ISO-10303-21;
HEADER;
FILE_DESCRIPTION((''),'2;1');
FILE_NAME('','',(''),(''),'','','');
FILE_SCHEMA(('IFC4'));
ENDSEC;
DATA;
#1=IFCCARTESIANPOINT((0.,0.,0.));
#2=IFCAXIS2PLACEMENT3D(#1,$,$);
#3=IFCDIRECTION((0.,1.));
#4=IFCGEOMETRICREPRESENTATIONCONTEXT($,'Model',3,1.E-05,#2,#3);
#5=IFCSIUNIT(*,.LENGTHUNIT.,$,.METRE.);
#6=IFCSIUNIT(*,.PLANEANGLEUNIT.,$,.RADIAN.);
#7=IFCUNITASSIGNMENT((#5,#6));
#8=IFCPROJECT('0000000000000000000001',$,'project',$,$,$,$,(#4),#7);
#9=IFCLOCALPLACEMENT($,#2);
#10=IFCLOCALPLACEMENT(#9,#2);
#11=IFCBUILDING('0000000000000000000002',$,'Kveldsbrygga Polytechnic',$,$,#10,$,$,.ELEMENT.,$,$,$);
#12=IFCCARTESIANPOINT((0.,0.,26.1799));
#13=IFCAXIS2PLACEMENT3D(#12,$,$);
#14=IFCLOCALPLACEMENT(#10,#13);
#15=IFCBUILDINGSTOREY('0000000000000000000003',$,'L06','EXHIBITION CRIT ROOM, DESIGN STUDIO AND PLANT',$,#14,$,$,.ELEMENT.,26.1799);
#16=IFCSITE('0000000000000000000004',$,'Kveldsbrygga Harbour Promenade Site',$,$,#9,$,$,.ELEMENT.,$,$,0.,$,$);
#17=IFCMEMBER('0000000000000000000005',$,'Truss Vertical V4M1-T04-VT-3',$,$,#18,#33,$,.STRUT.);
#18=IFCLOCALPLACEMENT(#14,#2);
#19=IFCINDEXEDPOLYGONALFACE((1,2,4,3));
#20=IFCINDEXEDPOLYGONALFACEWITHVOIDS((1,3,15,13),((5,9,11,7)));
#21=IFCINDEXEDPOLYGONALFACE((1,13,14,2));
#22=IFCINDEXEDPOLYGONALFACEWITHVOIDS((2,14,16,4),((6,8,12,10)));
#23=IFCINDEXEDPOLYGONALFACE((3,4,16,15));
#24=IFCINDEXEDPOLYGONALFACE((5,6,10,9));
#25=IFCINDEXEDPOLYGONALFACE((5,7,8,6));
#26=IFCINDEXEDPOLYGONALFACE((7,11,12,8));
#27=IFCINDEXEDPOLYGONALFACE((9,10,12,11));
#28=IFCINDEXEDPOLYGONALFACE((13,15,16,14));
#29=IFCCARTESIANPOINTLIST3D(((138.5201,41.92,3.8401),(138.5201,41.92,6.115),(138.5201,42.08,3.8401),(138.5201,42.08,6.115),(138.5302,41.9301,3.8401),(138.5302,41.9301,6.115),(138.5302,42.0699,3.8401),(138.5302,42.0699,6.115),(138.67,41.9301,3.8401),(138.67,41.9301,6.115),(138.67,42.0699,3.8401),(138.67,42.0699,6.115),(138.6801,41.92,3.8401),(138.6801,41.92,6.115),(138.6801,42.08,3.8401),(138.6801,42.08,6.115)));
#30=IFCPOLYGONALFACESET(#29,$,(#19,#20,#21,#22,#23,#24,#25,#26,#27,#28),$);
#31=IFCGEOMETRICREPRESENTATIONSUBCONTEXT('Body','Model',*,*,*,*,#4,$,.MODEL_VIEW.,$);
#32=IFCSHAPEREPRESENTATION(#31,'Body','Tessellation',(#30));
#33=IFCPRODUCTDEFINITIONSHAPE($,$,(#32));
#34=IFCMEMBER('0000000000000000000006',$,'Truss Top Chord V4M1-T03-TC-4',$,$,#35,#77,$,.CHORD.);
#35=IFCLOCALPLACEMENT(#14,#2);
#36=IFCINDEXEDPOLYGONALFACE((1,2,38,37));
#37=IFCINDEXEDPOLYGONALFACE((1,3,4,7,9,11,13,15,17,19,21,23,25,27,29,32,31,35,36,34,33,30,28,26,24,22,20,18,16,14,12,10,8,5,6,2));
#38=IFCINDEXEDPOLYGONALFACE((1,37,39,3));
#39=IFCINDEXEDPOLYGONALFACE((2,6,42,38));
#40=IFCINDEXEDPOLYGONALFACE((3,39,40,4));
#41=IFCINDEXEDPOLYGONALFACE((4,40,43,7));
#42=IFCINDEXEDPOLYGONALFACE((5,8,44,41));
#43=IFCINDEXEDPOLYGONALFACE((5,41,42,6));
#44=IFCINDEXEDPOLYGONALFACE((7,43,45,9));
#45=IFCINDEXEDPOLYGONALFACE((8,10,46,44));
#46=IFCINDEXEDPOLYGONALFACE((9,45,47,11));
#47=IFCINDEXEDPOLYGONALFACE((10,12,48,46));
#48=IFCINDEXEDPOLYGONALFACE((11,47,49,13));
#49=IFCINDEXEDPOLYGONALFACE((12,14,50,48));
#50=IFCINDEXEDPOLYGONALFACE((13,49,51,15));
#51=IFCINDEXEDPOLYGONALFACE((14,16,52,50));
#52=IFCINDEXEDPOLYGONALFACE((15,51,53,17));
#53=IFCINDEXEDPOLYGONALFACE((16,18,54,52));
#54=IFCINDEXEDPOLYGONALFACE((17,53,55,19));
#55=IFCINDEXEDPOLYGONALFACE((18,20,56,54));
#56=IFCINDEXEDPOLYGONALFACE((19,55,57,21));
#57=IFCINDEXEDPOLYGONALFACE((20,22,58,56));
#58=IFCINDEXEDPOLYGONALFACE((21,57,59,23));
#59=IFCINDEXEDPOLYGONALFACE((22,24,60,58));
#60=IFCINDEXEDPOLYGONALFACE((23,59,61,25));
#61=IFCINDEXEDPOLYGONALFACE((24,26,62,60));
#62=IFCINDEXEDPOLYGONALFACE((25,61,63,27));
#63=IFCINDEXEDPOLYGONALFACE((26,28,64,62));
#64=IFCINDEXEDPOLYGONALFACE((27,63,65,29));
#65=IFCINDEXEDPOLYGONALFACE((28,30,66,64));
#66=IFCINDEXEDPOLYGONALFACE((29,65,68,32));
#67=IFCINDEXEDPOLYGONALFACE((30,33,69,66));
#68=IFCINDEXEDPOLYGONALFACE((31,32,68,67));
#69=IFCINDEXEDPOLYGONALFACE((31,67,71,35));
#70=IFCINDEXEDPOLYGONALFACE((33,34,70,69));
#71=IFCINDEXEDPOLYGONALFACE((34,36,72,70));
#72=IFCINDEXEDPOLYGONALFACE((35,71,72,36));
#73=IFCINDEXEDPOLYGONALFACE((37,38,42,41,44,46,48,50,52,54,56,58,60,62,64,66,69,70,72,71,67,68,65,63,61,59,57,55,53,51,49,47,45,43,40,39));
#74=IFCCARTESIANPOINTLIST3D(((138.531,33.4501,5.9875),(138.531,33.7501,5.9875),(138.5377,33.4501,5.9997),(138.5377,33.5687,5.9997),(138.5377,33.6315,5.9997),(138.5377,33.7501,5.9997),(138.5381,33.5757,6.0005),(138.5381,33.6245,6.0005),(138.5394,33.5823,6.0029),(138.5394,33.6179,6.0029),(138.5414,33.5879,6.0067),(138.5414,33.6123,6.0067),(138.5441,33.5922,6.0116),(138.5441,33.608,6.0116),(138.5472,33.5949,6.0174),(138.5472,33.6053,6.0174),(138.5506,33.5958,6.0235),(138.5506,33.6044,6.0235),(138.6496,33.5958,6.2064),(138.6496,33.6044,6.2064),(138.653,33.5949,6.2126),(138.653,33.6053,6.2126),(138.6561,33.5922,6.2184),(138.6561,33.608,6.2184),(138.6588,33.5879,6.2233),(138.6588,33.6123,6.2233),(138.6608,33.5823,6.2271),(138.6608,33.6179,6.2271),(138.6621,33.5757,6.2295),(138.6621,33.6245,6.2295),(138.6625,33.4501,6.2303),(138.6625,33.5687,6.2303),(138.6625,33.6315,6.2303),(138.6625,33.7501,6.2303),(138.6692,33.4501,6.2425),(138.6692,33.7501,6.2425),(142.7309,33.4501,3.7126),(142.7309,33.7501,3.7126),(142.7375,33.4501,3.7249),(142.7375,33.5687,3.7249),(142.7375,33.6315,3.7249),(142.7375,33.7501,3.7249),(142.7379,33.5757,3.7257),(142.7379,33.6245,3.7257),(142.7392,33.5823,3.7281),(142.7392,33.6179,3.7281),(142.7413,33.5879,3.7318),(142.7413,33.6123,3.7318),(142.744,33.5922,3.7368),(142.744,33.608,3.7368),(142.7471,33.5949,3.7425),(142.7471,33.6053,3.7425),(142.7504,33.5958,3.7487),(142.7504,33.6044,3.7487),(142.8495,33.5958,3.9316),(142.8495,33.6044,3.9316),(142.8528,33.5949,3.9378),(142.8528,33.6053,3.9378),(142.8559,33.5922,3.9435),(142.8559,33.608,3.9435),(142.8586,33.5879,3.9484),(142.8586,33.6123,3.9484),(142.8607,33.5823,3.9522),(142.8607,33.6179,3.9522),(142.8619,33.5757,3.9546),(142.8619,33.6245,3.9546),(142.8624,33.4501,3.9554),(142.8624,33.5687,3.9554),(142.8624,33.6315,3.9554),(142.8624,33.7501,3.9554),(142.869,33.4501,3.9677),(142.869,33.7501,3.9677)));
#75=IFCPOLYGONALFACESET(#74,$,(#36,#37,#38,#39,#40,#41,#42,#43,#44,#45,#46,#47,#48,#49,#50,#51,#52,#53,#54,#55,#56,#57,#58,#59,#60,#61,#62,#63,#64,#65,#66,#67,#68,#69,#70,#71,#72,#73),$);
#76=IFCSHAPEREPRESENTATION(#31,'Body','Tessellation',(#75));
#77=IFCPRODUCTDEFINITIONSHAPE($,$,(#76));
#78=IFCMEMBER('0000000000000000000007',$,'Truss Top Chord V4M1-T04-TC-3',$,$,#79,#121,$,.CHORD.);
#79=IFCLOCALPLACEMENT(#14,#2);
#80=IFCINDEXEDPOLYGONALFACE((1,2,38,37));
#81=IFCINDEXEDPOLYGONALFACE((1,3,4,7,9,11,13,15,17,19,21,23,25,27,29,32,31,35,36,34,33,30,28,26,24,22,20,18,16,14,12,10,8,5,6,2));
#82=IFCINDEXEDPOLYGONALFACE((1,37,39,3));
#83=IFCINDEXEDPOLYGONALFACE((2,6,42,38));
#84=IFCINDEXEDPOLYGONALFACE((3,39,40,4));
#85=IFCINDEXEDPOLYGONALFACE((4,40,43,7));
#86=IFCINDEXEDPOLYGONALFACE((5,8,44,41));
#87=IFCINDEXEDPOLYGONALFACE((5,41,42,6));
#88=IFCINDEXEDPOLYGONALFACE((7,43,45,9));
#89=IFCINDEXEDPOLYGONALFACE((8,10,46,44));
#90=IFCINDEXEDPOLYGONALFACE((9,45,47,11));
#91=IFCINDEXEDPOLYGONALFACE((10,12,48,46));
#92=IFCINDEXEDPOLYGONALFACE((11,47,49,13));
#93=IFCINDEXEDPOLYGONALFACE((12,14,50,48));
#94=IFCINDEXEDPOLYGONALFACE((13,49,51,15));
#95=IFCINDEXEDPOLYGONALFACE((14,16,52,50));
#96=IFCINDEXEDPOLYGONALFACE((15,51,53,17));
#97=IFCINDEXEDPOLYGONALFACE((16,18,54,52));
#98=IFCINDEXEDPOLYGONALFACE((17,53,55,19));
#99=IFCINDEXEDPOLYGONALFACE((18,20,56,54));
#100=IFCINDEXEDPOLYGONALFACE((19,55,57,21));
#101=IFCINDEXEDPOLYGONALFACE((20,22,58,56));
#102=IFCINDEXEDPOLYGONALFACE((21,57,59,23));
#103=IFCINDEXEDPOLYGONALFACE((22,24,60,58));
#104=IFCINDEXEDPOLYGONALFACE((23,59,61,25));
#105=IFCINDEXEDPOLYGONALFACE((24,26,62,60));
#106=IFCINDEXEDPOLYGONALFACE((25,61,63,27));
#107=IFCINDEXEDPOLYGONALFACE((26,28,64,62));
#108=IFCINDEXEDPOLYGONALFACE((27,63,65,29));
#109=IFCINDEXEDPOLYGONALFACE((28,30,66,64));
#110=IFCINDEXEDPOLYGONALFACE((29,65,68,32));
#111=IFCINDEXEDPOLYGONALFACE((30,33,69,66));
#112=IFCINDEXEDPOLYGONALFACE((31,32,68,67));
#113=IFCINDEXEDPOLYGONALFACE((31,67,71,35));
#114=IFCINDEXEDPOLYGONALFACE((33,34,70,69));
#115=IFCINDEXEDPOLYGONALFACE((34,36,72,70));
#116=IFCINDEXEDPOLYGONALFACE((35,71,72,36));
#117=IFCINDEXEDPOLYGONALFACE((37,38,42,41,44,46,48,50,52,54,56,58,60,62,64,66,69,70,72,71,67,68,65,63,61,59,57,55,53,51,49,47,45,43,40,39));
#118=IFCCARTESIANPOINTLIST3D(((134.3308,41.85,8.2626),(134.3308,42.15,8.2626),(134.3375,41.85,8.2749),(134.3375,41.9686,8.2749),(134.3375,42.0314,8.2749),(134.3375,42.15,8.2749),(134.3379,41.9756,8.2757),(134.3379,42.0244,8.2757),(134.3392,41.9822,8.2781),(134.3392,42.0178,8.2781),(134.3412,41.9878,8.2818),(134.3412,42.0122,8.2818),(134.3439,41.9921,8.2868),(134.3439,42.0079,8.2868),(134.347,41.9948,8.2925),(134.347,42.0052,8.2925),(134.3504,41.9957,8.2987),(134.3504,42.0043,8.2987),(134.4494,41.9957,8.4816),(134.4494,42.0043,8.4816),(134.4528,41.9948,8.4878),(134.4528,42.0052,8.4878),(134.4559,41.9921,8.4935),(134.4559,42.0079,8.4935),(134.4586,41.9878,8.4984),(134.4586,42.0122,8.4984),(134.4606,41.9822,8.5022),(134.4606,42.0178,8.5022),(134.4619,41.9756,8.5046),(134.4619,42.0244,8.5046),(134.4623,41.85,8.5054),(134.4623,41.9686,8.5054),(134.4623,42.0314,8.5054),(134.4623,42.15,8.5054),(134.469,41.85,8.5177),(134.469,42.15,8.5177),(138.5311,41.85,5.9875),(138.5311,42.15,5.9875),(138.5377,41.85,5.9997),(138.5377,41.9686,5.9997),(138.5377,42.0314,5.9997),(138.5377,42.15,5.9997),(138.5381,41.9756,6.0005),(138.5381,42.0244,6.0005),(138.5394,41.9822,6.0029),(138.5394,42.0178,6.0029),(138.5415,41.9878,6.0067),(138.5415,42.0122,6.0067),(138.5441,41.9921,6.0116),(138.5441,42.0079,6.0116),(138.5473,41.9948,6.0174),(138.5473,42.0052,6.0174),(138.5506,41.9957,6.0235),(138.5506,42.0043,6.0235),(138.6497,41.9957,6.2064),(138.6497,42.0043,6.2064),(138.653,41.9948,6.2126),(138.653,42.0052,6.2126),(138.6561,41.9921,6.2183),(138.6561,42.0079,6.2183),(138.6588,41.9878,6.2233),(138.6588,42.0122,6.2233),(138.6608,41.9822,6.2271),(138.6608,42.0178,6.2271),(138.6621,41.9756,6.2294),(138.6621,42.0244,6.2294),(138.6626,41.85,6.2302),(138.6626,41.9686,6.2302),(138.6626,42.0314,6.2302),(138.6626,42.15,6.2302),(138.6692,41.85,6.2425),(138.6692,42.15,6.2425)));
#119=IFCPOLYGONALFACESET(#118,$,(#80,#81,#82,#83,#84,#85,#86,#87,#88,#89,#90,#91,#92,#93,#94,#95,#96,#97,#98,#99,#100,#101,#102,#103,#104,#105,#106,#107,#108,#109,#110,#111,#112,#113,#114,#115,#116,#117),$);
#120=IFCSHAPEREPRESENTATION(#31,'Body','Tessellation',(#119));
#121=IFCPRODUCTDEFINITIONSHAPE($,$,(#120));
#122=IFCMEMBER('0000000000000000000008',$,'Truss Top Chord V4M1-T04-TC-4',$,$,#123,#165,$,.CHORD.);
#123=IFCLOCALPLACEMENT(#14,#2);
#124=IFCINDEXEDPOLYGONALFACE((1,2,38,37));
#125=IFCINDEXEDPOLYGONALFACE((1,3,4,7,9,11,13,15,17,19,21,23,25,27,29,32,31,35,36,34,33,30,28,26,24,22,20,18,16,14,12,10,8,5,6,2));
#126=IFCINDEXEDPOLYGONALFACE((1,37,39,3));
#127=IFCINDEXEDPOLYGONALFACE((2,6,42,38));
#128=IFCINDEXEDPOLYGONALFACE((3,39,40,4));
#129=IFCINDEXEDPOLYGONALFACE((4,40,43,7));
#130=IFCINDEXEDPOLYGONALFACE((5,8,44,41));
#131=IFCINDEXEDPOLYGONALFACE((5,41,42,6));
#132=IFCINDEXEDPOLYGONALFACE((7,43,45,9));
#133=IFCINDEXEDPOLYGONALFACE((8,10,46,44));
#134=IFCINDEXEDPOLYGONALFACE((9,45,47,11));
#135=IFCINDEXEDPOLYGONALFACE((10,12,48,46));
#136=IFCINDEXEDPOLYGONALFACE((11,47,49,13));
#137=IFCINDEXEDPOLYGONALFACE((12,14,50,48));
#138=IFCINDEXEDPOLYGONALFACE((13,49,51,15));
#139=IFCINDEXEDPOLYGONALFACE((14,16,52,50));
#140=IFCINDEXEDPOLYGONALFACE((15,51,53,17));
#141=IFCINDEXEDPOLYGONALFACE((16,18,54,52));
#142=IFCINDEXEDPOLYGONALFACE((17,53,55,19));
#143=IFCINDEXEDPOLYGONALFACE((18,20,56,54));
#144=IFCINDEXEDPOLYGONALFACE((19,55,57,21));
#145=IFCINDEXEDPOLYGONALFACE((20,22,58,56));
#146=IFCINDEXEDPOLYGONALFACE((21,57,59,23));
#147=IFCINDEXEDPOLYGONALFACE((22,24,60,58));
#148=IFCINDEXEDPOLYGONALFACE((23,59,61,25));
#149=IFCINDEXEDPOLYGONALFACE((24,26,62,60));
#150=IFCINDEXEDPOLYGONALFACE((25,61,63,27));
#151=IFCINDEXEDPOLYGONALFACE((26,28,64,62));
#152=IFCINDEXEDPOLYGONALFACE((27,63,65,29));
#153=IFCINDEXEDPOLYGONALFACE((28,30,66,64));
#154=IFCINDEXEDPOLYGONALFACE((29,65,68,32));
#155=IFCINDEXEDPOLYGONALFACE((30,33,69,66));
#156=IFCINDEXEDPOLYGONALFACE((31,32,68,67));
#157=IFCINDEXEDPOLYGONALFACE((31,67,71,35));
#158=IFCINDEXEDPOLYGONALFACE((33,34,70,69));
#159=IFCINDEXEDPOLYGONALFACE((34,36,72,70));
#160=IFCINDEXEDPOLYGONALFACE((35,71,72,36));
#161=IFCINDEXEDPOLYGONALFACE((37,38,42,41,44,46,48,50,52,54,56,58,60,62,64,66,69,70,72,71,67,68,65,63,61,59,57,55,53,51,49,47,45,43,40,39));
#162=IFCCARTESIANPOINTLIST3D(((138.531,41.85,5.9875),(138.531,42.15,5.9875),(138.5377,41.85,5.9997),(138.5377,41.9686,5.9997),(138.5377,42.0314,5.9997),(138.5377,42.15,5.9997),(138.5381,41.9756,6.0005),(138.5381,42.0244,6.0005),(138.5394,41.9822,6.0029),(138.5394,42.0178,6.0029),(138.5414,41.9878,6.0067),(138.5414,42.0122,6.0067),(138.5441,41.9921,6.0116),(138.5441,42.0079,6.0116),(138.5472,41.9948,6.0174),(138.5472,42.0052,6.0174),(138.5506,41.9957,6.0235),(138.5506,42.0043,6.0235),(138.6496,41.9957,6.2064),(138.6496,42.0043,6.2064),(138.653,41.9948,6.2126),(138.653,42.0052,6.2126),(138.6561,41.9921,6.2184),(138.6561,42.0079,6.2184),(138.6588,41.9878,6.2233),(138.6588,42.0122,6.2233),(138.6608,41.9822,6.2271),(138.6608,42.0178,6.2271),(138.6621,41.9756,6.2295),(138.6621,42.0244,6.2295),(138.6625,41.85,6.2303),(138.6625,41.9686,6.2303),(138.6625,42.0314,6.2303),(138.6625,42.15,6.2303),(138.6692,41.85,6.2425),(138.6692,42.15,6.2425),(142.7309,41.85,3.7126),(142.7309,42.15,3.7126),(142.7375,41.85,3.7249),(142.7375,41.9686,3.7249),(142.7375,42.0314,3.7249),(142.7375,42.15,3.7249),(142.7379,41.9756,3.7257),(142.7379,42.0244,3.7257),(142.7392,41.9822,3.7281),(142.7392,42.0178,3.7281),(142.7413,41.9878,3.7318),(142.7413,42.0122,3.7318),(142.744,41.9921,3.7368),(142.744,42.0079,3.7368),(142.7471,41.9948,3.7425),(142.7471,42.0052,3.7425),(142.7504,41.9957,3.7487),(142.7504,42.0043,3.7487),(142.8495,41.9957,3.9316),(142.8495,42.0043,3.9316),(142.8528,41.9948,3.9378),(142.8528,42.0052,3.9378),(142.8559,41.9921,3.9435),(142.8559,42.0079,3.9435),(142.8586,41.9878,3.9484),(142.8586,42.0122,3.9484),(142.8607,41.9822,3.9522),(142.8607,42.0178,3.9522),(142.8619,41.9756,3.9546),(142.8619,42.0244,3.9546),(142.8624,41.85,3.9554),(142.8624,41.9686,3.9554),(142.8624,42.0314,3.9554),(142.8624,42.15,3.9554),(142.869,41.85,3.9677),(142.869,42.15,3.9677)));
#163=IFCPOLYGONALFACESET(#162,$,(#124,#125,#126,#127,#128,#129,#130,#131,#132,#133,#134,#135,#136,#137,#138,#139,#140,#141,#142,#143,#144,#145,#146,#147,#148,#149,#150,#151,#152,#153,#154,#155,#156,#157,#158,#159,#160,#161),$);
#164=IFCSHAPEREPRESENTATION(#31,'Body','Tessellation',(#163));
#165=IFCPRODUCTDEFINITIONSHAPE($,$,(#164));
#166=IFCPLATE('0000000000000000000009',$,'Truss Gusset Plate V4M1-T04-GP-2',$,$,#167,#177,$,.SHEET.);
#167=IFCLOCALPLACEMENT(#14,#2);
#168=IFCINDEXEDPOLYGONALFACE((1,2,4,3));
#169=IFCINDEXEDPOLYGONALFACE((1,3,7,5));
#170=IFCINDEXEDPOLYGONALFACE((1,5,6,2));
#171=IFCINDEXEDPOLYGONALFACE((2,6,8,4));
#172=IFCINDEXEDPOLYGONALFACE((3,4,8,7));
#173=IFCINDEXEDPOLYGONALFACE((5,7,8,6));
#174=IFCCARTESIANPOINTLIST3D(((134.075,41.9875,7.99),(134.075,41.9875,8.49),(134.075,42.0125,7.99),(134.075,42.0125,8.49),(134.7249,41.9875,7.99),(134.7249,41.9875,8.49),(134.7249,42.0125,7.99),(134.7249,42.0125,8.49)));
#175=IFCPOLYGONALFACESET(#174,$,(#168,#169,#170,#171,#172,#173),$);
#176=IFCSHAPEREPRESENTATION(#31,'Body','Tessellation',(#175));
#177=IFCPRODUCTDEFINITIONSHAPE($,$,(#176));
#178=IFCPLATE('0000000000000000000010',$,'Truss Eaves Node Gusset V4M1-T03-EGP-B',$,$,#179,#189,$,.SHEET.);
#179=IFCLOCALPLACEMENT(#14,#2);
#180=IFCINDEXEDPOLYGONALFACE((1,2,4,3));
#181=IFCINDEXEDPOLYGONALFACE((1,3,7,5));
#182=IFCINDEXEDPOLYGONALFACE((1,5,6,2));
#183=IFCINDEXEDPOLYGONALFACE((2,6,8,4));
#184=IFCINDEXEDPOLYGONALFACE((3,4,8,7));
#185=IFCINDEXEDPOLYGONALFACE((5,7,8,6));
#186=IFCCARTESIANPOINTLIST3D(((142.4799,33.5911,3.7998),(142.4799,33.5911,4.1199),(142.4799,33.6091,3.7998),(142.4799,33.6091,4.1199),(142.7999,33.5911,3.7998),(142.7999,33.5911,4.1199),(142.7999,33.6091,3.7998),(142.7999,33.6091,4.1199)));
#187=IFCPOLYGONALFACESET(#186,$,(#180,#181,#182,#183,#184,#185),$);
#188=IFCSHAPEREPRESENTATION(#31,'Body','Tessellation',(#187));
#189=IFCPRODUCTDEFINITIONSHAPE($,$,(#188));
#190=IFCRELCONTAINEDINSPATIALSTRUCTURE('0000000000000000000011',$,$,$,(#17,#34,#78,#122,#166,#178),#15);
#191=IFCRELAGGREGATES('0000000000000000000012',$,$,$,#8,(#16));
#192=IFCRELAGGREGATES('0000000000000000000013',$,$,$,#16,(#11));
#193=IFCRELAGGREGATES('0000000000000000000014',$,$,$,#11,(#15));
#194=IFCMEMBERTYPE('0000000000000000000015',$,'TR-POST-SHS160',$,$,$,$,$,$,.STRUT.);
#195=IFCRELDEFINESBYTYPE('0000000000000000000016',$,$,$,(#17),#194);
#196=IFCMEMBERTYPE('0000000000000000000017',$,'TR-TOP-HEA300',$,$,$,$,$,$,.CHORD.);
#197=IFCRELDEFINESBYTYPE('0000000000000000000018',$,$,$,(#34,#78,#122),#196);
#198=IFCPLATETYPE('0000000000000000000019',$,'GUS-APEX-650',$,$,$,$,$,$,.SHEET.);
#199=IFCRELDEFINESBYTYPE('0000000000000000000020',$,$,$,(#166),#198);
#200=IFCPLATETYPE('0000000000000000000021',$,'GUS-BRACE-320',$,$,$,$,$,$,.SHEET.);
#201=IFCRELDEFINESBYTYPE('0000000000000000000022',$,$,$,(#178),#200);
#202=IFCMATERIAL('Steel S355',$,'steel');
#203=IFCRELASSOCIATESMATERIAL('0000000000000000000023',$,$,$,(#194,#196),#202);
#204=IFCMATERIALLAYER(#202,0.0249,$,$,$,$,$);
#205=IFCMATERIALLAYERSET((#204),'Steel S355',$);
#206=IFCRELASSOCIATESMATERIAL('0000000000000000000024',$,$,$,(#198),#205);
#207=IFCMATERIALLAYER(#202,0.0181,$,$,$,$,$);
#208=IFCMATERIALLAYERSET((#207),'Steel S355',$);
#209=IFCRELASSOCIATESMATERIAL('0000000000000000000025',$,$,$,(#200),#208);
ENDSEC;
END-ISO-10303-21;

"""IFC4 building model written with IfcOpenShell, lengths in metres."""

from ifc_helpers import new_model, si_unit, direction, frame, origin, origin_2d, place, context, subcontext, project, spatial, rectangle, hollow_rectangle, i_section, extrude, material, layer, layer_set, material_profile, profile_set, type_object, element, save


model = new_model("IFC4")

# Units and contexts
model_context = context("Model", 3, precision=1e-05, world=origin(), true_north=direction((0.0, 1.0)))
body_context = subcontext(model_context, "Body", "Model", "MODEL_VIEW")
ifc_project = project(units=[si_unit("LENGTHUNIT", "METRE"), si_unit("PLANEANGLEUNIT", "RADIAN")], contexts=[model_context])

# Site, building, storey
site_placement = place(None, origin())
site = spatial("IfcSite", under=ifc_project, at=site_placement, Name="Kveldsbrygga Harbour Promenade Site", CompositionType="ELEMENT", RefElevation=0.0)
building_placement = place(site_placement, origin())
building = spatial("IfcBuilding", under=site, at=building_placement, Name="Kveldsbrygga Polytechnic", CompositionType="ELEMENT")
storey_placement = place(building_placement, frame((0.0, 0.0, 26.1799)))
storey = spatial("IfcBuildingStorey", under=building, at=storey_placement, Name="L06", Description="EXHIBITION CRIT ROOM, DESIGN STUDIO AND PLANT", CompositionType="ELEMENT", Elevation=26.1799)

# Shared definitions
ifc_material_1 = material(Name="Steel S355", Category="steel")

# Members
ifc_material_profile_1 = material_profile(ifc_material_1, hollow_rectangle(XDim=0.1599, YDim=0.1599, WallThickness=0.01, at=origin_2d()), Name="SHS 160x160x10.0")
ifc_profile_set_1 = profile_set([ifc_material_profile_1], Name="Steel S355")
member_type_1 = type_object("IfcMemberType", Name="TR-POST-SHS160", PredefinedType="STRUT", material=ifc_profile_set_1)
member_1_placement = place(storey_placement, frame((138.6001, 42.0, 3.8401), z_axis=(0.0, 0.0, 1.0), x_axis=(1.0, 0.0, 0.0)))
element("IfcMember", 1, at=member_1_placement, inside=storey, type_object=member_type_1, Name="Truss Vertical V4M1-T04-VT-3", PredefinedType="STRUT", context=body_context, shape_type="SweptSolid", body=[
    extrude(hollow_rectangle(XDim=0.1599, YDim=0.1599, WallThickness=0.01, at=origin_2d()), origin(), (0.0, 0.0, 1.0), 2.2749),
])
ifc_material_profile_2 = material_profile(ifc_material_1, i_section(OverallWidth=0.3, OverallDepth=0.29, WebThickness=0.0085, FlangeThickness=0.0139, FilletRadius=0.0271, at=origin_2d()), Name="HEA 300")
ifc_profile_set_2 = profile_set([ifc_material_profile_2], Name="Steel S355")
member_type_2 = type_object("IfcMemberType", Name="TR-TOP-HEA300", PredefinedType="CHORD", material=ifc_profile_set_2)
member_2_placement = place(storey_placement, frame((138.6001, 33.6001, 6.115), z_axis=(0.879298, 0.0, -0.476272), x_axis=(0.0, 1.0, 0.0)))
element("IfcMember", 2, at=member_2_placement, inside=storey, type_object=member_type_2, Name="Truss Top Chord V4M1-T03-TC-4", PredefinedType="CHORD", context=body_context, shape_type="SweptSolid", body=[
    extrude(i_section(OverallWidth=0.3, OverallDepth=0.29, WebThickness=0.0085, FlangeThickness=0.0139, FilletRadius=0.0271, at=origin_2d()), origin(), (0.0, 0.0, 1.0), 4.7764),
])
member_3_placement = place(storey_placement, frame((134.3999, 42.0, 8.3901), z_axis=(0.879288, 0.0, -0.47629), x_axis=(0.0, 1.0, 0.0)))
element("IfcMember", 3, at=member_3_placement, inside=storey, type_object=member_type_2, Name="Truss Top Chord V4M1-T04-TC-3", PredefinedType="CHORD", context=body_context, shape_type="SweptSolid", body=[
    extrude(i_section(OverallWidth=0.3, OverallDepth=0.29, WebThickness=0.0085, FlangeThickness=0.0139, FilletRadius=0.0271, at=origin_2d()), origin(), (0.0, 0.0, 1.0), 4.7769),
])
member_4_placement = place(storey_placement, frame((138.6001, 42.0, 6.115), z_axis=(0.879298, 0.0, -0.476272), x_axis=(0.0, 1.0, 0.0)))
element("IfcMember", 4, at=member_4_placement, inside=storey, type_object=member_type_2, Name="Truss Top Chord V4M1-T04-TC-4", PredefinedType="CHORD", context=body_context, shape_type="SweptSolid", body=[
    extrude(i_section(OverallWidth=0.3, OverallDepth=0.29, WebThickness=0.0085, FlangeThickness=0.0139, FilletRadius=0.0271, at=origin_2d()), origin(), (0.0, 0.0, 1.0), 4.7764),
])

# Plates
ifc_layer_1 = layer(ifc_material_1, 0.0249)
ifc_layer_set_1 = layer_set([ifc_layer_1], Name="Steel S355")
plate_type_1 = type_object("IfcPlateType", Name="GUS-APEX-650", PredefinedType="SHEET", material=ifc_layer_set_1)
plate_1_placement = place(storey_placement, frame((134.3999, 42.0, 7.99), z_axis=(0.0, 0.0, 1.0), x_axis=(1.0, 0.0, 0.0)))
element("IfcPlate", 5, at=plate_1_placement, inside=storey, type_object=plate_type_1, Name="Truss Gusset Plate V4M1-T04-GP-2", PredefinedType="SHEET", context=body_context, shape_type="SweptSolid", body=[
    extrude(rectangle(XDim=0.6499, YDim=0.0249, at=origin_2d()), origin(), (0.0, 0.0, 1.0), 0.5),
])
ifc_layer_2 = layer(ifc_material_1, 0.0181)
ifc_layer_set_2 = layer_set([ifc_layer_2], Name="Steel S355")
plate_type_2 = type_object("IfcPlateType", Name="GUS-BRACE-320", PredefinedType="SHEET", material=ifc_layer_set_2)
plate_2_placement = place(storey_placement, frame((142.6399, 33.6001, 3.7998), z_axis=(0.0, 0.0, 1.0), x_axis=(1.0, 0.0, 0.0)))
element("IfcPlate", 6, at=plate_2_placement, inside=storey, type_object=plate_type_2, Name="Truss Eaves Node Gusset V4M1-T03-EGP-B", PredefinedType="SHEET", context=body_context, shape_type="SweptSolid", body=[
    extrude(rectangle(XDim=0.3201, YDim=0.0181, at=origin_2d()), origin(), (0.0, 0.0, 1.0), 0.3201),
])

save(model, "model.ifc")
